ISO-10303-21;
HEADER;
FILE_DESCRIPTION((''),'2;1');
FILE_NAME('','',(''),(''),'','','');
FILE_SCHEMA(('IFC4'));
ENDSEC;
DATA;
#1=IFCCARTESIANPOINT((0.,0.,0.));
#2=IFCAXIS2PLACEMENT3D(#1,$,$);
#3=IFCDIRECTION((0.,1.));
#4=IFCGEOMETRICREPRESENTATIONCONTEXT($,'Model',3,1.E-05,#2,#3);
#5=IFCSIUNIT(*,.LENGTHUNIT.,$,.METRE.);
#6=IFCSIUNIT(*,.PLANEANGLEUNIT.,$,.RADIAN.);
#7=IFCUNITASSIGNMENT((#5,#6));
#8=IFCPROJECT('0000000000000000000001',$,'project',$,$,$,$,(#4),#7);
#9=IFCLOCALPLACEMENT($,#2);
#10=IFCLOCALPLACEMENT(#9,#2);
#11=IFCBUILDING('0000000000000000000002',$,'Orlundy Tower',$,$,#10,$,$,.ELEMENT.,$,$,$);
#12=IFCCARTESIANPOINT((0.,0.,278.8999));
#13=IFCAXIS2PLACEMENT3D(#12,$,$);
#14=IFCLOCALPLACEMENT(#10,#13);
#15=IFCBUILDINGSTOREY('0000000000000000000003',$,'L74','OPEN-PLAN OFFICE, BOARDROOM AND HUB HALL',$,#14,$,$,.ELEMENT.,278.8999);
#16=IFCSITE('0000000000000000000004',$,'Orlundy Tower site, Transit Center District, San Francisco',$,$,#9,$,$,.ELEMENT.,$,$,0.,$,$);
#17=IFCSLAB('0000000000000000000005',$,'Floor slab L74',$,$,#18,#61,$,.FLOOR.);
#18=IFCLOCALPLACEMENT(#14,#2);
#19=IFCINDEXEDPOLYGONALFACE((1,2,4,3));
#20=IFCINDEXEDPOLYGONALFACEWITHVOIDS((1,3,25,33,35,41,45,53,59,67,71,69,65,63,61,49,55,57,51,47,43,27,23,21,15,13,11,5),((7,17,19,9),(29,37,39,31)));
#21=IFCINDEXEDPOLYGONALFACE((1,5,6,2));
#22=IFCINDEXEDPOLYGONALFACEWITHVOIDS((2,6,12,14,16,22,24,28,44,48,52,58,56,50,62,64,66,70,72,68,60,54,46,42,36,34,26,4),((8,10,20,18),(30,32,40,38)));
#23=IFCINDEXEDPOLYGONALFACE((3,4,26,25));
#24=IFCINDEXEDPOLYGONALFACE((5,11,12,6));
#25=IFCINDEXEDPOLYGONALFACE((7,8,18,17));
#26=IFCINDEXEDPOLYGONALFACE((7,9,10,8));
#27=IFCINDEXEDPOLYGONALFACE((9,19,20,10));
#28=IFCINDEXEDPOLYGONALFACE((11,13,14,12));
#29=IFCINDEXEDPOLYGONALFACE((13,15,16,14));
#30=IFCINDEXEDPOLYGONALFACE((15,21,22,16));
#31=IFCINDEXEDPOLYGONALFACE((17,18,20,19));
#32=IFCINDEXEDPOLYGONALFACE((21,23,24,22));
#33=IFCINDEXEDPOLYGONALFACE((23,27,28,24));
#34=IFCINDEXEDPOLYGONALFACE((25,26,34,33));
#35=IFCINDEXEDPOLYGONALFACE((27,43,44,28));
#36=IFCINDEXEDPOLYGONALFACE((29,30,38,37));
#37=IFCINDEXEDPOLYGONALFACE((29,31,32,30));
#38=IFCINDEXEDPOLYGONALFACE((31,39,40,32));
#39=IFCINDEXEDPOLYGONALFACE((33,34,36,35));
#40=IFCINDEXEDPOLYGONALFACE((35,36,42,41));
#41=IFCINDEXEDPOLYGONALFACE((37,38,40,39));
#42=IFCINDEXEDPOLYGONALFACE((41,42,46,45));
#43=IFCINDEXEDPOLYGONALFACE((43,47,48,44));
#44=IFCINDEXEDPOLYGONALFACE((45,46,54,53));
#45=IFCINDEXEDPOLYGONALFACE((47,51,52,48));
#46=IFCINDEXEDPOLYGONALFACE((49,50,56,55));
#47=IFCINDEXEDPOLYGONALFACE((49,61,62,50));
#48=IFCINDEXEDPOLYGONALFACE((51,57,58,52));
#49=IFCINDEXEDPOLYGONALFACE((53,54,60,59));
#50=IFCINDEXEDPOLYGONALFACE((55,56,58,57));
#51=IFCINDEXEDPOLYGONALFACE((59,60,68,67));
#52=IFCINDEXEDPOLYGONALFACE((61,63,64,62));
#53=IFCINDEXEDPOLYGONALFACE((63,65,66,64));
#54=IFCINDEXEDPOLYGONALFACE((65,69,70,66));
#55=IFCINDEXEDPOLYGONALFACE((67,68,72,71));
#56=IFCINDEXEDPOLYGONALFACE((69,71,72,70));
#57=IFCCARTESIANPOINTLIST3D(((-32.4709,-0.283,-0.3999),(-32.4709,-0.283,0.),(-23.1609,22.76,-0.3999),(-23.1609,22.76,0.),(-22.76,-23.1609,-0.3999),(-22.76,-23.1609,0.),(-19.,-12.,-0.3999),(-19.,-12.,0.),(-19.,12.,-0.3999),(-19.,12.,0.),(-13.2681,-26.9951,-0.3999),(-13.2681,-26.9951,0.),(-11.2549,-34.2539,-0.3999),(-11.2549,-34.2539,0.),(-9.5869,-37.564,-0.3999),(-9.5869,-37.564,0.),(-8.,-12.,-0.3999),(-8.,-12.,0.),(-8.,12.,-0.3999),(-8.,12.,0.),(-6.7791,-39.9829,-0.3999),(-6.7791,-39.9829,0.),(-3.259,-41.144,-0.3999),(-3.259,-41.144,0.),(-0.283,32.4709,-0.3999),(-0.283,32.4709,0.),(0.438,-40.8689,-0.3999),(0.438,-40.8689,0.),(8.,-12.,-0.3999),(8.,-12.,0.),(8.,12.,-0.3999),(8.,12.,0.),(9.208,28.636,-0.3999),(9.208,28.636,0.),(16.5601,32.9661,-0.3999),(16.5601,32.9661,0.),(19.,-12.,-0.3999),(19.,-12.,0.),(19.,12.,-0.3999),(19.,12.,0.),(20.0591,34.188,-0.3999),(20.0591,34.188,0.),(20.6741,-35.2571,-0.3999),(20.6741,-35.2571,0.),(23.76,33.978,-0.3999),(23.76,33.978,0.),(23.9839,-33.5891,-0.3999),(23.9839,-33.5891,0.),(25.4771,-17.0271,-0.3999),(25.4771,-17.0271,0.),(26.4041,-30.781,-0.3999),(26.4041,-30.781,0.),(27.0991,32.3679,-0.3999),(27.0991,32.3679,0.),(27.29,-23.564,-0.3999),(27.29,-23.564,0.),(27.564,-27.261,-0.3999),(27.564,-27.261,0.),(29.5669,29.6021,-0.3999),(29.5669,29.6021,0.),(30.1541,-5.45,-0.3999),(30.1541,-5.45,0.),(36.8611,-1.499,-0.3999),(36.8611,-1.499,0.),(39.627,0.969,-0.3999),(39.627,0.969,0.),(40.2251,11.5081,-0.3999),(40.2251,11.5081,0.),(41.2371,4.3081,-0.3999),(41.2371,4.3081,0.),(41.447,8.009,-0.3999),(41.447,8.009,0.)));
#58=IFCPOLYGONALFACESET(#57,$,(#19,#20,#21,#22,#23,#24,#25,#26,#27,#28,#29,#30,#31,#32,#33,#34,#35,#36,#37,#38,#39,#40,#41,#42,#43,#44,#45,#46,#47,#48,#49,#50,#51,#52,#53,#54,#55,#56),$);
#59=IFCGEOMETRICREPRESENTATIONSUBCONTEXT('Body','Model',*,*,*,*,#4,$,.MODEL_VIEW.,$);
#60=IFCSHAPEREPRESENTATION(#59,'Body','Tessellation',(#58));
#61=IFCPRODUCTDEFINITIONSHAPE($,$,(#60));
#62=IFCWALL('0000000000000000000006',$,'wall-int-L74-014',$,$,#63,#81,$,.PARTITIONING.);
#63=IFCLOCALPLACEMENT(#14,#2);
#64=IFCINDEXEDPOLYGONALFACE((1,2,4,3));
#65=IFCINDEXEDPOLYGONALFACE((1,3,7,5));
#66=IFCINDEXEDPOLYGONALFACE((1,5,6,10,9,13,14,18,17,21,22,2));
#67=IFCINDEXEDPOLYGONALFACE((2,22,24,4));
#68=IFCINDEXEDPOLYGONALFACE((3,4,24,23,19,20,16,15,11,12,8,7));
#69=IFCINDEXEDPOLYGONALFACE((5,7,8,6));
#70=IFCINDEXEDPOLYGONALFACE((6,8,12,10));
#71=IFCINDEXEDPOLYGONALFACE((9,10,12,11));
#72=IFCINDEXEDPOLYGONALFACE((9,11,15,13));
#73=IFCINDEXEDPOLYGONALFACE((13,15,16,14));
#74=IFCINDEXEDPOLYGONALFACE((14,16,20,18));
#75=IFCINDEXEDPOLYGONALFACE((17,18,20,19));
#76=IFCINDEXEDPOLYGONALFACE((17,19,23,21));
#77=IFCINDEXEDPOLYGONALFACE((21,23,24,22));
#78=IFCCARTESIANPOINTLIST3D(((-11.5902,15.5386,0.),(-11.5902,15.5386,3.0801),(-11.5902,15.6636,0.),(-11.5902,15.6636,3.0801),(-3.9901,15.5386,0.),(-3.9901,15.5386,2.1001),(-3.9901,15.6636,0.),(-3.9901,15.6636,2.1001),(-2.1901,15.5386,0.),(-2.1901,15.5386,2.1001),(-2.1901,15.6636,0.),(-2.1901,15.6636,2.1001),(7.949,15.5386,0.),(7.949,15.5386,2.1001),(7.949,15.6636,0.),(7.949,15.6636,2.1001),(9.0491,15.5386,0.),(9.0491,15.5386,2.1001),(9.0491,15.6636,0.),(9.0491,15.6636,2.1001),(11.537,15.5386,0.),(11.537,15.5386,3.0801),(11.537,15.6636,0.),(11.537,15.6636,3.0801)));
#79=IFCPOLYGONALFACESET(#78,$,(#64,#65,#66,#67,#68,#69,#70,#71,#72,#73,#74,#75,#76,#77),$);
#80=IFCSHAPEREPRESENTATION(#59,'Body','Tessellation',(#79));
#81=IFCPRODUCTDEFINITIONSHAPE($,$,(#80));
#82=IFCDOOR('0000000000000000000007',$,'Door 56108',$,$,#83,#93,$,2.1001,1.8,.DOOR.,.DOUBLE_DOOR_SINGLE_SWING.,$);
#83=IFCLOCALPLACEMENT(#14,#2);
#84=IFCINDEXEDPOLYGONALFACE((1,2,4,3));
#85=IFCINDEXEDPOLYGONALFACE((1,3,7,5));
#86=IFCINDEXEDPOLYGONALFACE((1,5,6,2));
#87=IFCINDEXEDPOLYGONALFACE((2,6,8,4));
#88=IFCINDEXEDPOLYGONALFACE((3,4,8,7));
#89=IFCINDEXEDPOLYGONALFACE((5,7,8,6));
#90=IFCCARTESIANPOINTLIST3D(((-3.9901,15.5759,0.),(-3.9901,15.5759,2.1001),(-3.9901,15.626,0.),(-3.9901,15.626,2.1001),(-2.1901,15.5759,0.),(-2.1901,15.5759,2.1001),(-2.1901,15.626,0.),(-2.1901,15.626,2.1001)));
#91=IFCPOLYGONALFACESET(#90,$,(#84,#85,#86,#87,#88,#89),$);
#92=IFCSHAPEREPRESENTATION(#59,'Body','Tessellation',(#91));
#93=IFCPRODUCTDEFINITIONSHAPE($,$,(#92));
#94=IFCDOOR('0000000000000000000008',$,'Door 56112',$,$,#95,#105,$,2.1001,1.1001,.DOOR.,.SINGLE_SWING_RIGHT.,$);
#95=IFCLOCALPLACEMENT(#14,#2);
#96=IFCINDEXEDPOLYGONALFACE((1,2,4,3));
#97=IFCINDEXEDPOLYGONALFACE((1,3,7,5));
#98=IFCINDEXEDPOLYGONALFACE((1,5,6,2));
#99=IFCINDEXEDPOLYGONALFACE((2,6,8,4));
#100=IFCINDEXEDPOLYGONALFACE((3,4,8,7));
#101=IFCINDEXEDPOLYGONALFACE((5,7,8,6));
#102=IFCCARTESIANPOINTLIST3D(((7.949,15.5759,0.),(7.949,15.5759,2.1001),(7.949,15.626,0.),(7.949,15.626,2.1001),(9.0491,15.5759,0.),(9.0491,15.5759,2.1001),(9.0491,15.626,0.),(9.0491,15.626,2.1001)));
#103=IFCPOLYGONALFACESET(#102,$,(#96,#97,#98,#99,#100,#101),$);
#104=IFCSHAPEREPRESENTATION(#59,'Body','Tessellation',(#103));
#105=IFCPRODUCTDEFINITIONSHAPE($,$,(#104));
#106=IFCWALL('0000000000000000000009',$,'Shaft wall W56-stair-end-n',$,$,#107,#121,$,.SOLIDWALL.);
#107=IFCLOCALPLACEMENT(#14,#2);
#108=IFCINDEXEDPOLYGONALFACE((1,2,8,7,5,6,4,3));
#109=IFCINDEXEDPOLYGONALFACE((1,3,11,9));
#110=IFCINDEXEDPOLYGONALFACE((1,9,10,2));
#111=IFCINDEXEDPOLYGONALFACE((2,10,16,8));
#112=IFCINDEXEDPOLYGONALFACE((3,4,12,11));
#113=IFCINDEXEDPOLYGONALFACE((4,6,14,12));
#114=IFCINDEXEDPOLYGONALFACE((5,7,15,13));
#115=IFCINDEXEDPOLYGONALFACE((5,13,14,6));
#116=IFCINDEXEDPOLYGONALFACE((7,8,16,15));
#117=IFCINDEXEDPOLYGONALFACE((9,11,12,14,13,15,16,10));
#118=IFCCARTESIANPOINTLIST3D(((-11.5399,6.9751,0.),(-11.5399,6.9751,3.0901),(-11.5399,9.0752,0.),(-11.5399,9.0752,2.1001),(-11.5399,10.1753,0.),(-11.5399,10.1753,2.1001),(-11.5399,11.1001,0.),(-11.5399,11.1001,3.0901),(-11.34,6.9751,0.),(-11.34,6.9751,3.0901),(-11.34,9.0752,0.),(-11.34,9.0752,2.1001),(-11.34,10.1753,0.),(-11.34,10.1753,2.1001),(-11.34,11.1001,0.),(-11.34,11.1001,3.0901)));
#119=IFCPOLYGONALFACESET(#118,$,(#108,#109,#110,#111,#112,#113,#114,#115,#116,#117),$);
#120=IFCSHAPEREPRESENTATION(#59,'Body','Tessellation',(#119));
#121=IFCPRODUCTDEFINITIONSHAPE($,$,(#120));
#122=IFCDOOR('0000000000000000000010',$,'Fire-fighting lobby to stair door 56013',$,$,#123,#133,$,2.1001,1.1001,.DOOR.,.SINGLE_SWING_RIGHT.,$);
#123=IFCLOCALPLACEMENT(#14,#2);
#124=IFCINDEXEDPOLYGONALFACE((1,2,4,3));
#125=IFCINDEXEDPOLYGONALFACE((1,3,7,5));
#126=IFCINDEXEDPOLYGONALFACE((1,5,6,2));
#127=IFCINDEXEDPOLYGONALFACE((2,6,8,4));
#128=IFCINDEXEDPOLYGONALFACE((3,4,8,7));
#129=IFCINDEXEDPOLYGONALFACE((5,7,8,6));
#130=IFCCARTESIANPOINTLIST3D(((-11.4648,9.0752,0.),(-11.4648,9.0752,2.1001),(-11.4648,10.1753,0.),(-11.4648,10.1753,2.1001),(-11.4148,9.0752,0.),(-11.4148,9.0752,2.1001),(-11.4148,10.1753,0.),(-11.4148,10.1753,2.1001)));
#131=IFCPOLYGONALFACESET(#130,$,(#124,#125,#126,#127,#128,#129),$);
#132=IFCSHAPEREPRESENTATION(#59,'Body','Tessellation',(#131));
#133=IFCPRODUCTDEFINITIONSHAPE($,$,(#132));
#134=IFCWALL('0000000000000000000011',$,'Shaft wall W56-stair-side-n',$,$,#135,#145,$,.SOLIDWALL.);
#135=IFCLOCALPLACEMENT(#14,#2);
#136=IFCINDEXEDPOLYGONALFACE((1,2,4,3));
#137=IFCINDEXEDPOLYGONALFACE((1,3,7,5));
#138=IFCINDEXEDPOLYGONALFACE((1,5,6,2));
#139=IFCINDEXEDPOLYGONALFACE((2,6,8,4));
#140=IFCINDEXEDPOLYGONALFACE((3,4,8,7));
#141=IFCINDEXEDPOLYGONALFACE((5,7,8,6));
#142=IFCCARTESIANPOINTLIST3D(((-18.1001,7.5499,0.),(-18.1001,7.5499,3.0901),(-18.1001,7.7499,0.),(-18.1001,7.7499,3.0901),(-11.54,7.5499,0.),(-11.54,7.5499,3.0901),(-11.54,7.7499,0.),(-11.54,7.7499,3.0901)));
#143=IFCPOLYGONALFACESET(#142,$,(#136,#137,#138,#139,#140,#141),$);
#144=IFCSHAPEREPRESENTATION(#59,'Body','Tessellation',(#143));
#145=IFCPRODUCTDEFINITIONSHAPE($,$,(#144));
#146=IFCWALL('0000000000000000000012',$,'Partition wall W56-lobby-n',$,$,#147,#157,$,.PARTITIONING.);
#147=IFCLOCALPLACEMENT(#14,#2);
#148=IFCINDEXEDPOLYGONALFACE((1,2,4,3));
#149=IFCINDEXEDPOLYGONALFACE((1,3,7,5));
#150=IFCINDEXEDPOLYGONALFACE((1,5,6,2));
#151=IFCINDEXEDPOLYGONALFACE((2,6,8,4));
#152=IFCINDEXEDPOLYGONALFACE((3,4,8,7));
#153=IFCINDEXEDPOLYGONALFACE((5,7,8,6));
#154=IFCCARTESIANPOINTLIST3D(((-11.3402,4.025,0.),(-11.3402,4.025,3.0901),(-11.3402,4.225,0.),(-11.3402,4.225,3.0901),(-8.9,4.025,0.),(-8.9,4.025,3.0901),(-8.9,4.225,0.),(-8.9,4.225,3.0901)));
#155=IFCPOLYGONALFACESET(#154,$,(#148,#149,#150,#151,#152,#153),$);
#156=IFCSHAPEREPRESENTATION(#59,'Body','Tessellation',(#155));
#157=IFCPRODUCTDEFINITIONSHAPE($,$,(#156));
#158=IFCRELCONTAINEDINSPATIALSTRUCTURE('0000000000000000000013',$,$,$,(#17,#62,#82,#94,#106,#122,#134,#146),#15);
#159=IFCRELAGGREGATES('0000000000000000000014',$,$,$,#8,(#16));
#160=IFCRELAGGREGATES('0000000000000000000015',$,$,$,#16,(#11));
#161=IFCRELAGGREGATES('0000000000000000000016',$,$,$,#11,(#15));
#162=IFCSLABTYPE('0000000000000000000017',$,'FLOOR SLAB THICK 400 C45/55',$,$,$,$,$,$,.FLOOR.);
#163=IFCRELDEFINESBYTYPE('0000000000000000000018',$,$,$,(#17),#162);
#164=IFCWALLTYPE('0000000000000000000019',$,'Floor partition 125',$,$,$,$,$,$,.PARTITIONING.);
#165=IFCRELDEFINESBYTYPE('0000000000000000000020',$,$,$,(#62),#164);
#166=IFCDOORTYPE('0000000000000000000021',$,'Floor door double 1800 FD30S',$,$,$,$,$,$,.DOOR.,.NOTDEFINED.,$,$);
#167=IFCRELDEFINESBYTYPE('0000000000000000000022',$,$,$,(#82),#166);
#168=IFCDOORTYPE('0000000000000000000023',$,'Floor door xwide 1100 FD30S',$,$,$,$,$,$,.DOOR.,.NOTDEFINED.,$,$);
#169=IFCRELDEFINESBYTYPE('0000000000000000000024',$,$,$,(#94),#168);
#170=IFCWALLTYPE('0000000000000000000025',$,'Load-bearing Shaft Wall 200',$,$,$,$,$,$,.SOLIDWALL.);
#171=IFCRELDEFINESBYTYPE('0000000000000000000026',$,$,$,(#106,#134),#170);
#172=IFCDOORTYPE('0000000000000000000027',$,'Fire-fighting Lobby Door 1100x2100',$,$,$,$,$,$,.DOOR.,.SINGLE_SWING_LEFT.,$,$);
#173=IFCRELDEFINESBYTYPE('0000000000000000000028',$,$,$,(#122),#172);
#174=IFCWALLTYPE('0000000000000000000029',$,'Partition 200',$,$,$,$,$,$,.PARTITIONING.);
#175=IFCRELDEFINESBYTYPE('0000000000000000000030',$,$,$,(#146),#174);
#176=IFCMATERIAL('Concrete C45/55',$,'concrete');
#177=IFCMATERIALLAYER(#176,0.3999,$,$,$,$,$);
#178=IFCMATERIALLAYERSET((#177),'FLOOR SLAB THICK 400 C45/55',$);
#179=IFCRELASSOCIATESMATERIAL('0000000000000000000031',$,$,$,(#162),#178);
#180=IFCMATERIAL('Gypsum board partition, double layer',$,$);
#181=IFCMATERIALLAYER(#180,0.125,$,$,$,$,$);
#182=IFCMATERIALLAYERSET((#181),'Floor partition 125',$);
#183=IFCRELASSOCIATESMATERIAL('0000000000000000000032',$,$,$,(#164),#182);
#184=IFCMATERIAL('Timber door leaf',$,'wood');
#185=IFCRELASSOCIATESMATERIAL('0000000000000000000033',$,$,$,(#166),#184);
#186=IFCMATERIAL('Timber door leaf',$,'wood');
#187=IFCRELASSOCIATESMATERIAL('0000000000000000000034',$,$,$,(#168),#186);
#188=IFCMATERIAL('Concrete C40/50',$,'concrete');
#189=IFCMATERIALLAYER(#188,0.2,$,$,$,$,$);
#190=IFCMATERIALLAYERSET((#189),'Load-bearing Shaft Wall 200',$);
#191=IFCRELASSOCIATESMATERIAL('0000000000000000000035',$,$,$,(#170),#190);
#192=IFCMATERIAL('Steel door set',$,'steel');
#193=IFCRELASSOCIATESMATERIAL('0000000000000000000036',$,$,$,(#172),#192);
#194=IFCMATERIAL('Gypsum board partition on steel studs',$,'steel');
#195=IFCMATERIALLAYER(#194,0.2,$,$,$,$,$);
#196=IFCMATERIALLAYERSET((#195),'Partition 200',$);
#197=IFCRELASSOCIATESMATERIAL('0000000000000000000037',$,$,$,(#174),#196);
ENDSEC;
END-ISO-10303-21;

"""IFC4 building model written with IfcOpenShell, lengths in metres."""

from ifc_helpers import new_model, si_unit, direction, frame, frame_2d, origin, place, context, subcontext, project, spatial, polyline, rectangle, outline, extrude, material, layer, layer_set, type_object, element, fill, save


model = new_model("IFC4")

# Units and contexts
model_context = context("Model", 3, precision=1e-05, world=origin(), true_north=direction((0.0, 1.0)))
body_context = subcontext(model_context, "Body", "Model", "MODEL_VIEW")
ifc_project = project(units=[si_unit("LENGTHUNIT", "METRE"), si_unit("PLANEANGLEUNIT", "RADIAN")], contexts=[model_context])

# Site, building, storey
site_placement = place(None, origin())
site = spatial("IfcSite", under=ifc_project, at=site_placement, Name="Orlundy Tower site, Transit Center District, San Francisco", CompositionType="ELEMENT", RefElevation=0.0)
building_placement = place(site_placement, origin())
building = spatial("IfcBuilding", under=site, at=building_placement, Name="Orlundy Tower", CompositionType="ELEMENT")
storey_placement = place(building_placement, frame((0.0, 0.0, 278.8999)))
storey = spatial("IfcBuildingStorey", under=building, at=storey_placement, Name="L74", Description="OPEN-PLAN OFFICE, BOARDROOM AND HUB HALL", CompositionType="ELEMENT", Elevation=278.8999)

# Slab
ifc_material_1 = material(Name="Concrete C45/55", Category="concrete")
ifc_layer_1 = layer(ifc_material_1, 0.3999)
ifc_layer_set_1 = layer_set([ifc_layer_1], Name="FLOOR SLAB THICK 400 C45/55")
slab_type_1 = type_object("IfcSlabType", Name="FLOOR SLAB THICK 400 C45/55", PredefinedType="FLOOR", material=ifc_layer_set_1)
slab_1_placement = place(storey_placement, frame((0.0, 0.0, -0.3999)))
element("IfcSlab", 1, at=slab_1_placement, inside=storey, type_object=slab_type_1, Name="Floor slab L74", PredefinedType="FLOOR", context=body_context, shape_type="SweptSolid", body=[
    extrude(outline(polyline([(30.1541, -5.45), (25.4771, -17.0271), (27.29, -23.564), (27.564, -27.261), (26.4041, -30.781), (23.9839, -33.5891), (20.6741, -35.2571), (0.438, -40.8689), (-3.259, -41.144), (-6.7791, -39.9829), (-9.5869, -37.564), (-11.2549, -34.2539), (-13.2681, -26.9951), (-22.76, -23.1609), (-32.4709, -0.283), (-23.1609, 22.76), (-0.283, 32.4709), (9.208, 28.636), (16.5601, 32.9661), (20.0591, 34.188), (23.76, 33.978), (27.0991, 32.3679), (29.5669, 29.6021), (40.2251, 11.5081), (41.447, 8.009), (41.2371, 4.3081), (39.627, 0.969), (36.8611, -1.499), (30.1541, -5.45)]), holes=[polyline([(-8.0, -12.0), (-8.0, 12.0), (-19.0, 12.0), (-19.0, -12.0), (-8.0, -12.0)]), polyline([(19.0, -12.0), (19.0, 12.0), (8.0, 12.0), (8.0, -12.0), (19.0, -12.0)])]), origin(), (0.0, 0.0, 1.0), 0.3999),
])

# Wall, openings, doors
ifc_material_2 = material(Name="Gypsum board partition, double layer")
ifc_layer_2 = layer(ifc_material_2, 0.125)
ifc_layer_set_2 = layer_set([ifc_layer_2], Name="Floor partition 125")
wall_type_1 = type_object("IfcWallType", Name="Floor partition 125", PredefinedType="PARTITIONING", material=ifc_layer_set_2)
wall_1_placement = place(storey_placement, frame((-11.5901, 15.6011, 0.0), z_axis=(0.0, 0.0, 1.0), x_axis=(1.0, 0.0, 0.0)))
wall_1 = element("IfcWall", 2, at=wall_1_placement, inside=storey, type_object=wall_type_1, Name="wall-int-L74-014", PredefinedType="PARTITIONING", context=body_context, shape_type="SweptSolid", body=[
    extrude(rectangle(XDim=23.1272, YDim=0.125, at=frame_2d((11.5635, 0.0))), origin(), (0.0, 0.0, 1.0), 3.0801),
])
opening_1_placement = place(wall_1_placement, frame((7.6001, 0.0, 0.0)))
opening_1 = element("IfcOpeningElement", 3, at=opening_1_placement, cuts=wall_1, PredefinedType="OPENING", context=body_context, shape_type="SweptSolid", body=[
    extrude(rectangle(XDim=1.8, YDim=2.1001, at=frame_2d((0.8999, 1.05))), frame((0.0, 0.0725, 0.0), z_axis=(0.0, -1.0, 0.0), x_axis=(1.0, 0.0, 0.0)), (0.0, 0.0, 1.0), 0.145),
])
opening_2_placement = place(wall_1_placement, frame((19.5391, 0.0, 0.0)))
opening_2 = element("IfcOpeningElement", 4, at=opening_2_placement, cuts=wall_1, PredefinedType="OPENING", context=body_context, shape_type="SweptSolid", body=[
    extrude(rectangle(XDim=1.1001, YDim=2.1001, at=frame_2d((0.55, 1.05))), frame((0.0, 0.0725, 0.0), z_axis=(0.0, -1.0, 0.0), x_axis=(1.0, 0.0, 0.0)), (0.0, 0.0, 1.0), 0.145),
])
ifc_material_3 = material(Name="Timber door leaf", Category="wood")
door_type_1 = type_object("IfcDoorType", Name="Floor door double 1800 FD30S", OperationType="NOTDEFINED", PredefinedType="DOOR", material=ifc_material_3)
door_1_placement = place(opening_1_placement, origin())
door_1 = element("IfcDoor", 5, at=door_1_placement, inside=storey, type_object=door_type_1, Name="Door 56108", OperationType="DOUBLE_DOOR_SINGLE_SWING", OverallHeight=2.1001, OverallWidth=1.8, PredefinedType="DOOR", context=body_context, shape_type="SweptSolid", body=[
    extrude(rectangle(XDim=1.8, YDim=2.1001, at=frame_2d((0.8999, 1.05))), frame((0.0, 0.0249, 0.0), z_axis=(0.0, -1.0, 0.0), x_axis=(1.0, 0.0, 0.0)), (0.0, 0.0, 1.0), 0.05),
])
fill(opening_1, door_1)
ifc_material_4 = material(Name="Timber door leaf", Category="wood")
door_type_2 = type_object("IfcDoorType", Name="Floor door xwide 1100 FD30S", OperationType="NOTDEFINED", PredefinedType="DOOR", material=ifc_material_4)
door_2_placement = place(opening_2_placement, origin())
door_2 = element("IfcDoor", 6, at=door_2_placement, inside=storey, type_object=door_type_2, Name="Door 56112", OperationType="SINGLE_SWING_RIGHT", OverallHeight=2.1001, OverallWidth=1.1001, PredefinedType="DOOR", context=body_context, shape_type="SweptSolid", body=[
    extrude(rectangle(XDim=1.1001, YDim=2.1001, at=frame_2d((0.55, 1.05))), frame((0.0, 0.0249, 0.0), z_axis=(0.0, -1.0, 0.0), x_axis=(1.0, 0.0, 0.0)), (0.0, 0.0, 1.0), 0.05),
])
fill(opening_2, door_2)

# Wall, opening, door
ifc_material_5 = material(Name="Concrete C40/50", Category="concrete")
ifc_layer_3 = layer(ifc_material_5, 0.2)
ifc_layer_set_3 = layer_set([ifc_layer_3], Name="Load-bearing Shaft Wall 200")
wall_type_2 = type_object("IfcWallType", Name="Load-bearing Shaft Wall 200", PredefinedType="SOLIDWALL", material=ifc_layer_set_3)
wall_2_placement = place(storey_placement, frame((-11.4399, 6.9751, 0.0), z_axis=(0.0, 0.0, 1.0), x_axis=(0.0, 1.0, 0.0)))
wall_2 = element("IfcWall", 7, at=wall_2_placement, inside=storey, type_object=wall_type_2, Name="Shaft wall W56-stair-end-n", PredefinedType="SOLIDWALL", context=body_context, shape_type="SweptSolid", body=[
    extrude(rectangle(XDim=4.125, YDim=0.2, at=frame_2d((2.0625, 0.0))), origin(), (0.0, 0.0, 1.0), 3.0901),
])
opening_3_placement = place(wall_2_placement, frame((2.1001, 0.0, 0.0)))
opening_3 = element("IfcOpeningElement", 8, at=opening_3_placement, cuts=wall_2, PredefinedType="OPENING", context=body_context, shape_type="SweptSolid", body=[
    extrude(rectangle(XDim=1.1001, YDim=2.1001, at=frame_2d((0.55, 1.05))), frame((0.0, 0.1101, 0.0), z_axis=(0.0, -1.0, 0.0), x_axis=(1.0, 0.0, 0.0)), (0.0, 0.0, 1.0), 0.2202),
])
ifc_material_6 = material(Name="Steel door set", Category="steel")
door_type_3 = type_object("IfcDoorType", Name="Fire-fighting Lobby Door 1100x2100", OperationType="SINGLE_SWING_LEFT", PredefinedType="DOOR", material=ifc_material_6)
door_3_placement = place(opening_3_placement, origin())
door_3 = element("IfcDoor", 9, at=door_3_placement, inside=storey, type_object=door_type_3, Name="Fire-fighting lobby to stair door 56013", OperationType="SINGLE_SWING_RIGHT", OverallHeight=2.1001, OverallWidth=1.1001, PredefinedType="DOOR", context=body_context, shape_type="SweptSolid", body=[
    extrude(rectangle(XDim=1.1001, YDim=2.1001, at=frame_2d((0.55, 1.05))), frame((0.0, 0.0249, 0.0), z_axis=(0.0, -1.0, 0.0), x_axis=(1.0, 0.0, 0.0)), (0.0, 0.0, 1.0), 0.05),
])
fill(opening_3, door_3)

# Walls
wall_3_placement = place(storey_placement, frame((-11.54, 7.6499, 0.0), z_axis=(0.0, 0.0, 1.0), x_axis=(-1.0, 0.0, 0.0)))
element("IfcWall", 10, at=wall_3_placement, inside=storey, type_object=wall_type_2, Name="Shaft wall W56-stair-side-n", PredefinedType="SOLIDWALL", context=body_context, shape_type="SweptSolid", body=[
    extrude(rectangle(XDim=6.5601, YDim=0.2, at=frame_2d((3.28, 0.0))), origin(), (0.0, 0.0, 1.0), 3.0901),
])
ifc_material_7 = material(Name="Gypsum board partition on steel studs", Category="steel")
ifc_layer_4 = layer(ifc_material_7, 0.2)
ifc_layer_set_4 = layer_set([ifc_layer_4], Name="Partition 200")
wall_type_3 = type_object("IfcWallType", Name="Partition 200", PredefinedType="PARTITIONING", material=ifc_layer_set_4)
wall_4_placement = place(storey_placement, frame((-8.8999, 4.125, 0.0), z_axis=(0.0, 0.0, 1.0), x_axis=(-1.0, 0.0, 0.0)))
element("IfcWall", 11, at=wall_4_placement, inside=storey, type_object=wall_type_3, Name="Partition wall W56-lobby-n", PredefinedType="PARTITIONING", context=body_context, shape_type="SweptSolid", body=[
    extrude(rectangle(XDim=2.4402, YDim=0.2, at=frame_2d((1.2202, 0.0))), origin(), (0.0, 0.0, 1.0), 3.0901),
])

save(model, "model.ifc")
